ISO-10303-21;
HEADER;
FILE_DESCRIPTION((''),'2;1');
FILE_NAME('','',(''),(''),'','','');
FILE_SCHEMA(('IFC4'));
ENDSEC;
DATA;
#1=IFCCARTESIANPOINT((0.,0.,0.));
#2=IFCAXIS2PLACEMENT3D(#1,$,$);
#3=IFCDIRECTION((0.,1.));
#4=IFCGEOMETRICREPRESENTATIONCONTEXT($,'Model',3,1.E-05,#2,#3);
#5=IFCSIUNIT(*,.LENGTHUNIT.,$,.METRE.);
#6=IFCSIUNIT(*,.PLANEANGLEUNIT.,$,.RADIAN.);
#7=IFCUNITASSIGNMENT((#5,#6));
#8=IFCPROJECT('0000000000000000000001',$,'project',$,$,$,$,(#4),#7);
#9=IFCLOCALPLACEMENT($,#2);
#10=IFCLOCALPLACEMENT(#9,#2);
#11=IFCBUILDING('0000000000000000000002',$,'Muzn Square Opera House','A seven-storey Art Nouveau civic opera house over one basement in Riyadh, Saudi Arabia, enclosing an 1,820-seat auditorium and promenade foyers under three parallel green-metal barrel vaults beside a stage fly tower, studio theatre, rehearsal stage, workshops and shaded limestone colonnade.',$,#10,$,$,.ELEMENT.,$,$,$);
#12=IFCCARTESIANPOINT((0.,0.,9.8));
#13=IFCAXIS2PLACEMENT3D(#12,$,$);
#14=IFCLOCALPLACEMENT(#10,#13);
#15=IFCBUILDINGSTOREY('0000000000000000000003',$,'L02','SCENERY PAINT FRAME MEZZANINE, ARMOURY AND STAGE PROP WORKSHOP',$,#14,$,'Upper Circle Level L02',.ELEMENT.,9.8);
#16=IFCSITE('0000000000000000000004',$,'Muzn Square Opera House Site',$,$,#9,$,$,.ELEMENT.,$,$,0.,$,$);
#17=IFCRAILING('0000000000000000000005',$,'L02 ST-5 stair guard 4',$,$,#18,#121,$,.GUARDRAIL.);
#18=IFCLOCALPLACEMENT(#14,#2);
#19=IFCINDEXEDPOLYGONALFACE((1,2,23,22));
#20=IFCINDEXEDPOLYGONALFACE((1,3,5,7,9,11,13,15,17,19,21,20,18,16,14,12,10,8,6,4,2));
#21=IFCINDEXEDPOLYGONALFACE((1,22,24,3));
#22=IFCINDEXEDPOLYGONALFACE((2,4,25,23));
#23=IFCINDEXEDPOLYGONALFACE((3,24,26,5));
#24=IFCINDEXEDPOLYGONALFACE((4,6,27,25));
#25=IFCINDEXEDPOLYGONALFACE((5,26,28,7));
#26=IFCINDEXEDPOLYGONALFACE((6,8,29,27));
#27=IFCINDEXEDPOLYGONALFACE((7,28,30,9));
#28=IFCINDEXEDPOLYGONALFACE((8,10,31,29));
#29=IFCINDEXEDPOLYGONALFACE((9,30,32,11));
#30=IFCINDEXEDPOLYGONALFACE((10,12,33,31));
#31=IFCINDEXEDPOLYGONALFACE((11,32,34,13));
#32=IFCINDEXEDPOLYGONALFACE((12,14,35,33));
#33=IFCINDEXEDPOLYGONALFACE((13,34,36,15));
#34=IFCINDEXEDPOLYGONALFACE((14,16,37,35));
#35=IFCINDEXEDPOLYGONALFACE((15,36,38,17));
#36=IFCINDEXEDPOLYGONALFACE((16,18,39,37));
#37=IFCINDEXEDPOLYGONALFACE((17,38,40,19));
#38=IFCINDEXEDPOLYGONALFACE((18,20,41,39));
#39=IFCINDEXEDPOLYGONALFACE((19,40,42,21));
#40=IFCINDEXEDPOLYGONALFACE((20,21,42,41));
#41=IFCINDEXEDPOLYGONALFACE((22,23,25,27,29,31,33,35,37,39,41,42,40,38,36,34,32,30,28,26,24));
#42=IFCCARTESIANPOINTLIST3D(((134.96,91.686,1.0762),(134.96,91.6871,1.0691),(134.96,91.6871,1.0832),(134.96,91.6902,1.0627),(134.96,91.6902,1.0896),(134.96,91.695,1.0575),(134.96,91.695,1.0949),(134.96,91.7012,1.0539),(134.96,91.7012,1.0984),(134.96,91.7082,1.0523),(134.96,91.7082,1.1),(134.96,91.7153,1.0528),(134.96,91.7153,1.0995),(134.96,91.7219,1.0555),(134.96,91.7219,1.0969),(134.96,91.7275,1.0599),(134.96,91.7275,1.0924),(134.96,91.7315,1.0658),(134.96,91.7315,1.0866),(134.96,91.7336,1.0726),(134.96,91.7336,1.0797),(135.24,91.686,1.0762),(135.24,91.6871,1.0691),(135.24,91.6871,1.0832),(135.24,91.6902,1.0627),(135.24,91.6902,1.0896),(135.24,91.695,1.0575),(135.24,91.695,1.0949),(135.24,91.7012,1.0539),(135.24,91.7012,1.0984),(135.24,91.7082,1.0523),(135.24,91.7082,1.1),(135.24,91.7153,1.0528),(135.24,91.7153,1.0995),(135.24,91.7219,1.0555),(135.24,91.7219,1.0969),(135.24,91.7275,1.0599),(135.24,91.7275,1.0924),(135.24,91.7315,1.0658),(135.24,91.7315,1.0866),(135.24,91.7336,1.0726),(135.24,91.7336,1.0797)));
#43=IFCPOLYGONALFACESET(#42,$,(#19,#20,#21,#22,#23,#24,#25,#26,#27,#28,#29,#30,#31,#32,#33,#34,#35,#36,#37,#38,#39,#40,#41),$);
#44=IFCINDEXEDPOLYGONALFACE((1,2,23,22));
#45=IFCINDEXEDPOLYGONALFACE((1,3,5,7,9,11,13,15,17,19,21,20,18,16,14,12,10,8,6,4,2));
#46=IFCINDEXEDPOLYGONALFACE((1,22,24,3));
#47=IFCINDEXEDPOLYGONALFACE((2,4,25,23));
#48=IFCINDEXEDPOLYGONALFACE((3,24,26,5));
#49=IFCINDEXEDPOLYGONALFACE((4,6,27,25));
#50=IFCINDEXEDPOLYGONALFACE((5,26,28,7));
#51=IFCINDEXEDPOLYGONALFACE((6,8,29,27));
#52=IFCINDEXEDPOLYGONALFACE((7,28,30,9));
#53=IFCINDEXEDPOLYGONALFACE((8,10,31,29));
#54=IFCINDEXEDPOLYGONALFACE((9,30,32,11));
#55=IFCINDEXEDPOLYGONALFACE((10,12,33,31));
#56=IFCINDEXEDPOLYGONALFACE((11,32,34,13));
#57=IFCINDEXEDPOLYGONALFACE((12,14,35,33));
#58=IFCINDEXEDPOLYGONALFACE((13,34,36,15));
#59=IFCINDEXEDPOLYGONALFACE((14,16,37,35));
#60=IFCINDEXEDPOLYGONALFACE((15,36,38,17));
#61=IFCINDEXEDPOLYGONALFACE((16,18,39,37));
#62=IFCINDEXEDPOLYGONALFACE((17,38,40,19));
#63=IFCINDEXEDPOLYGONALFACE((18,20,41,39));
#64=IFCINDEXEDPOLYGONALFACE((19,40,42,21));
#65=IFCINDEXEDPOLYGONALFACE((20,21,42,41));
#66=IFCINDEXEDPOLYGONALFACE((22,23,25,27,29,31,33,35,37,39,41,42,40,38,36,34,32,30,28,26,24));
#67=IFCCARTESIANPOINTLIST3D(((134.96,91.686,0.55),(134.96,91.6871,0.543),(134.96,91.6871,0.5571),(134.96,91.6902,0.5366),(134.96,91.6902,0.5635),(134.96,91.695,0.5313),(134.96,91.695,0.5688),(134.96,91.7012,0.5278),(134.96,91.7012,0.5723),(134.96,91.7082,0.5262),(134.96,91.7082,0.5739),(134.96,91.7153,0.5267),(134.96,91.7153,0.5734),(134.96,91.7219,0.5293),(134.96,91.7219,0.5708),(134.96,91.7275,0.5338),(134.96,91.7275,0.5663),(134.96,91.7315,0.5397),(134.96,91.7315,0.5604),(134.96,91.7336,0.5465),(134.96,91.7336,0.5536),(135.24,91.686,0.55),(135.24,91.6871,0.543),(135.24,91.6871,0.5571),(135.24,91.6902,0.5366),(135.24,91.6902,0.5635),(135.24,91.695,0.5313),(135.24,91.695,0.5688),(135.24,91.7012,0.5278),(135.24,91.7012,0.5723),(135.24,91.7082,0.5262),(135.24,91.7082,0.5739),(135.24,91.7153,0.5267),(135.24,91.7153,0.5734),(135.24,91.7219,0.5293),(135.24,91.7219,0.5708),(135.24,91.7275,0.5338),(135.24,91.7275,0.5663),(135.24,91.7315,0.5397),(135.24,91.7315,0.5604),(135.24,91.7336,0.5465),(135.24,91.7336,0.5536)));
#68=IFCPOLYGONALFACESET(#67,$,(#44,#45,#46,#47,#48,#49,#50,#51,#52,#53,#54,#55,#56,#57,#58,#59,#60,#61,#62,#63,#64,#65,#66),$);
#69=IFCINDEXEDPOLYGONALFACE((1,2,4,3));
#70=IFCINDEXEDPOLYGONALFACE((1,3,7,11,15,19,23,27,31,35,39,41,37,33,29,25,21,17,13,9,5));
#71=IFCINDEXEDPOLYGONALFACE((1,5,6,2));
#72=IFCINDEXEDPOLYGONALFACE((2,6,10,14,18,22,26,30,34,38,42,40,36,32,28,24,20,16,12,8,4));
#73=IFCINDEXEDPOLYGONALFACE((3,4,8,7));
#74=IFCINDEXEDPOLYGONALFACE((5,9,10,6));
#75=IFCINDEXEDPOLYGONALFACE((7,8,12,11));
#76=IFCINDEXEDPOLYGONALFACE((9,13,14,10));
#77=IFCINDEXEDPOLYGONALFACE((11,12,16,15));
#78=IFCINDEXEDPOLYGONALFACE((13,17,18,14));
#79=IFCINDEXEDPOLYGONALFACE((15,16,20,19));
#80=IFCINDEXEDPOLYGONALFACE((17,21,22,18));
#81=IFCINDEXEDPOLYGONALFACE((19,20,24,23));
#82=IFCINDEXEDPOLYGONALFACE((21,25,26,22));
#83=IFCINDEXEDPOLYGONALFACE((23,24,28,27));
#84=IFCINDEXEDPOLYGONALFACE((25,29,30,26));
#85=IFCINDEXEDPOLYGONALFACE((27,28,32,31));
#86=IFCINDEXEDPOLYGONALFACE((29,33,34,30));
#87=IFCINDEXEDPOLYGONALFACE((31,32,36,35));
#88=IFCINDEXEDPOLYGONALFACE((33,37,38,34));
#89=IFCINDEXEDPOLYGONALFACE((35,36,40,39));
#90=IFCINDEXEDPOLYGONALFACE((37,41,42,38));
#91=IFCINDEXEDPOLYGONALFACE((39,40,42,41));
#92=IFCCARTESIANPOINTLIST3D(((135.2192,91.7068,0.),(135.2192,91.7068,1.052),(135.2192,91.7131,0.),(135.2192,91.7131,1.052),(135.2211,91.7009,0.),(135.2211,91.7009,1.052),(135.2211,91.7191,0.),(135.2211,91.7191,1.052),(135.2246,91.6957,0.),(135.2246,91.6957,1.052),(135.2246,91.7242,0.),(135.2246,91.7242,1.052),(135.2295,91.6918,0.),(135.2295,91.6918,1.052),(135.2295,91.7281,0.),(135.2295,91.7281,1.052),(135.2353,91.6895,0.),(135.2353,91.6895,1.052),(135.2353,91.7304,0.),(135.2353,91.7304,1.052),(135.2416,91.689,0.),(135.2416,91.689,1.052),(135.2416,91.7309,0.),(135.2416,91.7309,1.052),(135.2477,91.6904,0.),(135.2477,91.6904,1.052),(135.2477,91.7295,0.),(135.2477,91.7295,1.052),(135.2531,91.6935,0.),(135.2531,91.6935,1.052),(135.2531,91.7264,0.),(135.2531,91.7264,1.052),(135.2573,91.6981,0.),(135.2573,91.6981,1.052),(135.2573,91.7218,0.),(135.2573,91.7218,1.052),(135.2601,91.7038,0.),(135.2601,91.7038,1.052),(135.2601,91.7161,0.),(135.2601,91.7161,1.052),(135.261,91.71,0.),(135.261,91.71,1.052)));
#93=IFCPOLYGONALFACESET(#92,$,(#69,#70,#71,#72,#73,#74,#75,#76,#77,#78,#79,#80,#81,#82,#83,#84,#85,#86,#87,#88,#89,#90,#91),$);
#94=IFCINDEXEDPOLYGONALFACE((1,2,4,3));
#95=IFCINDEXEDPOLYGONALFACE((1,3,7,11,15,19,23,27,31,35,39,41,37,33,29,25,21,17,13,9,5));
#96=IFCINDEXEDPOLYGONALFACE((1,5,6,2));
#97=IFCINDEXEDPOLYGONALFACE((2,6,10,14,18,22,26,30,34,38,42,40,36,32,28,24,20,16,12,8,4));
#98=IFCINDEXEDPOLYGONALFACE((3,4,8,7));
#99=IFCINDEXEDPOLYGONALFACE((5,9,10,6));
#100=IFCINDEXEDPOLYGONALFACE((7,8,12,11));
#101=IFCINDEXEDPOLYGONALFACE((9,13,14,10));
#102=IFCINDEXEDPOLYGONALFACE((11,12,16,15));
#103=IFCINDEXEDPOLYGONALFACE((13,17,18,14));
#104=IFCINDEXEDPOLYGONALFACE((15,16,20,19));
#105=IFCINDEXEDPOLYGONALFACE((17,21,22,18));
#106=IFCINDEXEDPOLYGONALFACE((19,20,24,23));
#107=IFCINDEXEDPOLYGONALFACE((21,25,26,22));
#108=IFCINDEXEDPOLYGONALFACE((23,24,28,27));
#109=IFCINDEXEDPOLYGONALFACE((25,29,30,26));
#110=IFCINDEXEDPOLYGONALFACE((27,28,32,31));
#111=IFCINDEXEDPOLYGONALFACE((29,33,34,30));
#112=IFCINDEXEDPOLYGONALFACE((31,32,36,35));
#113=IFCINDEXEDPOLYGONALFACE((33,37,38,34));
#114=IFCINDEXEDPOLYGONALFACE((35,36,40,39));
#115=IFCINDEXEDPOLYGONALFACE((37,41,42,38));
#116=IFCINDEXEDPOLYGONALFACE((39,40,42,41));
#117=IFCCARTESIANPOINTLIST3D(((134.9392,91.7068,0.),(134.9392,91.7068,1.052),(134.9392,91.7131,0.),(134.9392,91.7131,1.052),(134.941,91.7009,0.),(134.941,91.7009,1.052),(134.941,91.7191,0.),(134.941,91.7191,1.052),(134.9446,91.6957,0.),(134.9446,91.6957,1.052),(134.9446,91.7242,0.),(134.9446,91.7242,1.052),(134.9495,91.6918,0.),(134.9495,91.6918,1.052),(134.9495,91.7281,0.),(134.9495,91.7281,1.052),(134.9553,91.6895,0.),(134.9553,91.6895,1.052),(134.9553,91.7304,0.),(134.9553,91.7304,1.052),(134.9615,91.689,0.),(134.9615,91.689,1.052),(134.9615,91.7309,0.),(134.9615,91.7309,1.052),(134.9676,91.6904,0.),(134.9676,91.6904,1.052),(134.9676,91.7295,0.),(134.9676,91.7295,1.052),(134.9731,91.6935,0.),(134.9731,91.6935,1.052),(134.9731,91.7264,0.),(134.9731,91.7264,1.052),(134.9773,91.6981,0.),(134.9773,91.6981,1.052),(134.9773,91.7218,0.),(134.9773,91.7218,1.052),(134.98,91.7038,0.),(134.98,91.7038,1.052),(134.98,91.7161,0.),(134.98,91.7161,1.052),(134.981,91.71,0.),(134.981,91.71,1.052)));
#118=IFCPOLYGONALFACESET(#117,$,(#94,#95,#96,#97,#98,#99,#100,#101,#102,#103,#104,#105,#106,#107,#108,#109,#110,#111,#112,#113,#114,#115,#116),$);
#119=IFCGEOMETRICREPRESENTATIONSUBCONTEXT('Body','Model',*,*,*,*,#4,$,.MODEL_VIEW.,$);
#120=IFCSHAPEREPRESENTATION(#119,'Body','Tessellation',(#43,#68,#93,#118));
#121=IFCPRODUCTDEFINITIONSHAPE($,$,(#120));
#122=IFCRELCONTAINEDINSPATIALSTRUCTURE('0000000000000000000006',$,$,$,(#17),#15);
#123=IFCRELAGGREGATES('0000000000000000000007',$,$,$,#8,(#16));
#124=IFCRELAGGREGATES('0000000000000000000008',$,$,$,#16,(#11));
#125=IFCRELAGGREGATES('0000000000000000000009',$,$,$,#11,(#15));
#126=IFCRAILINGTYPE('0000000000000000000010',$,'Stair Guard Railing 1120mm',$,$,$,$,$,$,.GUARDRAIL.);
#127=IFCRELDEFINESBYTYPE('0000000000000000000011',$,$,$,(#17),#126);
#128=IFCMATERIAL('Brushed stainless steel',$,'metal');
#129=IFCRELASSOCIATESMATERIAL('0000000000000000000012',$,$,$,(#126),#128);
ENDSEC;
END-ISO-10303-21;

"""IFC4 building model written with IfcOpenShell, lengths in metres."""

from ifc_helpers import new_model, si_unit, direction, frame, origin, origin_2d, place, context, subcontext, project, spatial, circle, extrude, material, type_object, element, save


model = new_model("IFC4")

# Units and contexts
model_context = context("Model", 3, precision=1e-05, world=origin(), true_north=direction((0.0, 1.0)))
body_context = subcontext(model_context, "Body", "Model", "MODEL_VIEW")
ifc_project = project(units=[si_unit("LENGTHUNIT", "METRE"), si_unit("PLANEANGLEUNIT", "RADIAN")], contexts=[model_context])

# Site, building, storey
site_placement = place(None, origin())
site = spatial("IfcSite", under=ifc_project, at=site_placement, Name="Muzn Square Opera House Site", CompositionType="ELEMENT", RefElevation=0.0)
building_placement = place(site_placement, origin())
building = spatial("IfcBuilding", under=site, at=building_placement, Name="Muzn Square Opera House", Description="A seven-storey Art Nouveau civic opera house over one basement in Riyadh, Saudi Arabia, enclosing an 1,820-seat auditorium and promenade foyers under three parallel green-metal barrel vaults beside a stage fly tower, studio theatre, rehearsal stage, workshops and shaded limestone colonnade.", CompositionType="ELEMENT")
storey_placement = place(building_placement, frame((0.0, 0.0, 9.8)))
storey = spatial("IfcBuildingStorey", under=building, at=storey_placement, Name="L02", Description="SCENERY PAINT FRAME MEZZANINE, ARMOURY AND STAGE PROP WORKSHOP", LongName="Upper Circle Level L02", CompositionType="ELEMENT", Elevation=9.8)

# Railing
ifc_material_1 = material(Name="Brushed stainless steel", Category="metal")
railing_type_1 = type_object("IfcRailingType", Name="Stair Guard Railing 1120mm", PredefinedType="GUARDRAIL", material=ifc_material_1)
railing_1_placement = place(storey_placement, frame((135.24, 91.71, 0.0)))
element("IfcRailing", 1, at=railing_1_placement, inside=storey, type_object=railing_type_1, Name="L02 ST-5 stair guard 4", PredefinedType="GUARDRAIL", context=body_context, shape_type="SweptSolid", body=[
    extrude(circle(Radius=0.0239, at=origin_2d()), frame((0.0, 0.0, 1.0762), z_axis=(-1.0, 0.0, 0.0), x_axis=(0.0, -1.0, 0.0)), (0.0, 0.0, 1.0), 0.28),
    extrude(circle(Radius=0.0239, at=origin_2d()), frame((0.0, 0.0, 0.55), z_axis=(-1.0, 0.0, 0.0), x_axis=(0.0, -1.0, 0.0)), (0.0, 0.0, 1.0), 0.28),
    extrude(circle(Radius=0.021, at=origin_2d()), origin(), (0.0, 0.0, 1.0), 1.052),
    extrude(circle(Radius=0.021, at=origin_2d()), frame((-0.28, 0.0, 0.0)), (0.0, 0.0, 1.0), 1.052),
])

save(model, "model.ifc")
